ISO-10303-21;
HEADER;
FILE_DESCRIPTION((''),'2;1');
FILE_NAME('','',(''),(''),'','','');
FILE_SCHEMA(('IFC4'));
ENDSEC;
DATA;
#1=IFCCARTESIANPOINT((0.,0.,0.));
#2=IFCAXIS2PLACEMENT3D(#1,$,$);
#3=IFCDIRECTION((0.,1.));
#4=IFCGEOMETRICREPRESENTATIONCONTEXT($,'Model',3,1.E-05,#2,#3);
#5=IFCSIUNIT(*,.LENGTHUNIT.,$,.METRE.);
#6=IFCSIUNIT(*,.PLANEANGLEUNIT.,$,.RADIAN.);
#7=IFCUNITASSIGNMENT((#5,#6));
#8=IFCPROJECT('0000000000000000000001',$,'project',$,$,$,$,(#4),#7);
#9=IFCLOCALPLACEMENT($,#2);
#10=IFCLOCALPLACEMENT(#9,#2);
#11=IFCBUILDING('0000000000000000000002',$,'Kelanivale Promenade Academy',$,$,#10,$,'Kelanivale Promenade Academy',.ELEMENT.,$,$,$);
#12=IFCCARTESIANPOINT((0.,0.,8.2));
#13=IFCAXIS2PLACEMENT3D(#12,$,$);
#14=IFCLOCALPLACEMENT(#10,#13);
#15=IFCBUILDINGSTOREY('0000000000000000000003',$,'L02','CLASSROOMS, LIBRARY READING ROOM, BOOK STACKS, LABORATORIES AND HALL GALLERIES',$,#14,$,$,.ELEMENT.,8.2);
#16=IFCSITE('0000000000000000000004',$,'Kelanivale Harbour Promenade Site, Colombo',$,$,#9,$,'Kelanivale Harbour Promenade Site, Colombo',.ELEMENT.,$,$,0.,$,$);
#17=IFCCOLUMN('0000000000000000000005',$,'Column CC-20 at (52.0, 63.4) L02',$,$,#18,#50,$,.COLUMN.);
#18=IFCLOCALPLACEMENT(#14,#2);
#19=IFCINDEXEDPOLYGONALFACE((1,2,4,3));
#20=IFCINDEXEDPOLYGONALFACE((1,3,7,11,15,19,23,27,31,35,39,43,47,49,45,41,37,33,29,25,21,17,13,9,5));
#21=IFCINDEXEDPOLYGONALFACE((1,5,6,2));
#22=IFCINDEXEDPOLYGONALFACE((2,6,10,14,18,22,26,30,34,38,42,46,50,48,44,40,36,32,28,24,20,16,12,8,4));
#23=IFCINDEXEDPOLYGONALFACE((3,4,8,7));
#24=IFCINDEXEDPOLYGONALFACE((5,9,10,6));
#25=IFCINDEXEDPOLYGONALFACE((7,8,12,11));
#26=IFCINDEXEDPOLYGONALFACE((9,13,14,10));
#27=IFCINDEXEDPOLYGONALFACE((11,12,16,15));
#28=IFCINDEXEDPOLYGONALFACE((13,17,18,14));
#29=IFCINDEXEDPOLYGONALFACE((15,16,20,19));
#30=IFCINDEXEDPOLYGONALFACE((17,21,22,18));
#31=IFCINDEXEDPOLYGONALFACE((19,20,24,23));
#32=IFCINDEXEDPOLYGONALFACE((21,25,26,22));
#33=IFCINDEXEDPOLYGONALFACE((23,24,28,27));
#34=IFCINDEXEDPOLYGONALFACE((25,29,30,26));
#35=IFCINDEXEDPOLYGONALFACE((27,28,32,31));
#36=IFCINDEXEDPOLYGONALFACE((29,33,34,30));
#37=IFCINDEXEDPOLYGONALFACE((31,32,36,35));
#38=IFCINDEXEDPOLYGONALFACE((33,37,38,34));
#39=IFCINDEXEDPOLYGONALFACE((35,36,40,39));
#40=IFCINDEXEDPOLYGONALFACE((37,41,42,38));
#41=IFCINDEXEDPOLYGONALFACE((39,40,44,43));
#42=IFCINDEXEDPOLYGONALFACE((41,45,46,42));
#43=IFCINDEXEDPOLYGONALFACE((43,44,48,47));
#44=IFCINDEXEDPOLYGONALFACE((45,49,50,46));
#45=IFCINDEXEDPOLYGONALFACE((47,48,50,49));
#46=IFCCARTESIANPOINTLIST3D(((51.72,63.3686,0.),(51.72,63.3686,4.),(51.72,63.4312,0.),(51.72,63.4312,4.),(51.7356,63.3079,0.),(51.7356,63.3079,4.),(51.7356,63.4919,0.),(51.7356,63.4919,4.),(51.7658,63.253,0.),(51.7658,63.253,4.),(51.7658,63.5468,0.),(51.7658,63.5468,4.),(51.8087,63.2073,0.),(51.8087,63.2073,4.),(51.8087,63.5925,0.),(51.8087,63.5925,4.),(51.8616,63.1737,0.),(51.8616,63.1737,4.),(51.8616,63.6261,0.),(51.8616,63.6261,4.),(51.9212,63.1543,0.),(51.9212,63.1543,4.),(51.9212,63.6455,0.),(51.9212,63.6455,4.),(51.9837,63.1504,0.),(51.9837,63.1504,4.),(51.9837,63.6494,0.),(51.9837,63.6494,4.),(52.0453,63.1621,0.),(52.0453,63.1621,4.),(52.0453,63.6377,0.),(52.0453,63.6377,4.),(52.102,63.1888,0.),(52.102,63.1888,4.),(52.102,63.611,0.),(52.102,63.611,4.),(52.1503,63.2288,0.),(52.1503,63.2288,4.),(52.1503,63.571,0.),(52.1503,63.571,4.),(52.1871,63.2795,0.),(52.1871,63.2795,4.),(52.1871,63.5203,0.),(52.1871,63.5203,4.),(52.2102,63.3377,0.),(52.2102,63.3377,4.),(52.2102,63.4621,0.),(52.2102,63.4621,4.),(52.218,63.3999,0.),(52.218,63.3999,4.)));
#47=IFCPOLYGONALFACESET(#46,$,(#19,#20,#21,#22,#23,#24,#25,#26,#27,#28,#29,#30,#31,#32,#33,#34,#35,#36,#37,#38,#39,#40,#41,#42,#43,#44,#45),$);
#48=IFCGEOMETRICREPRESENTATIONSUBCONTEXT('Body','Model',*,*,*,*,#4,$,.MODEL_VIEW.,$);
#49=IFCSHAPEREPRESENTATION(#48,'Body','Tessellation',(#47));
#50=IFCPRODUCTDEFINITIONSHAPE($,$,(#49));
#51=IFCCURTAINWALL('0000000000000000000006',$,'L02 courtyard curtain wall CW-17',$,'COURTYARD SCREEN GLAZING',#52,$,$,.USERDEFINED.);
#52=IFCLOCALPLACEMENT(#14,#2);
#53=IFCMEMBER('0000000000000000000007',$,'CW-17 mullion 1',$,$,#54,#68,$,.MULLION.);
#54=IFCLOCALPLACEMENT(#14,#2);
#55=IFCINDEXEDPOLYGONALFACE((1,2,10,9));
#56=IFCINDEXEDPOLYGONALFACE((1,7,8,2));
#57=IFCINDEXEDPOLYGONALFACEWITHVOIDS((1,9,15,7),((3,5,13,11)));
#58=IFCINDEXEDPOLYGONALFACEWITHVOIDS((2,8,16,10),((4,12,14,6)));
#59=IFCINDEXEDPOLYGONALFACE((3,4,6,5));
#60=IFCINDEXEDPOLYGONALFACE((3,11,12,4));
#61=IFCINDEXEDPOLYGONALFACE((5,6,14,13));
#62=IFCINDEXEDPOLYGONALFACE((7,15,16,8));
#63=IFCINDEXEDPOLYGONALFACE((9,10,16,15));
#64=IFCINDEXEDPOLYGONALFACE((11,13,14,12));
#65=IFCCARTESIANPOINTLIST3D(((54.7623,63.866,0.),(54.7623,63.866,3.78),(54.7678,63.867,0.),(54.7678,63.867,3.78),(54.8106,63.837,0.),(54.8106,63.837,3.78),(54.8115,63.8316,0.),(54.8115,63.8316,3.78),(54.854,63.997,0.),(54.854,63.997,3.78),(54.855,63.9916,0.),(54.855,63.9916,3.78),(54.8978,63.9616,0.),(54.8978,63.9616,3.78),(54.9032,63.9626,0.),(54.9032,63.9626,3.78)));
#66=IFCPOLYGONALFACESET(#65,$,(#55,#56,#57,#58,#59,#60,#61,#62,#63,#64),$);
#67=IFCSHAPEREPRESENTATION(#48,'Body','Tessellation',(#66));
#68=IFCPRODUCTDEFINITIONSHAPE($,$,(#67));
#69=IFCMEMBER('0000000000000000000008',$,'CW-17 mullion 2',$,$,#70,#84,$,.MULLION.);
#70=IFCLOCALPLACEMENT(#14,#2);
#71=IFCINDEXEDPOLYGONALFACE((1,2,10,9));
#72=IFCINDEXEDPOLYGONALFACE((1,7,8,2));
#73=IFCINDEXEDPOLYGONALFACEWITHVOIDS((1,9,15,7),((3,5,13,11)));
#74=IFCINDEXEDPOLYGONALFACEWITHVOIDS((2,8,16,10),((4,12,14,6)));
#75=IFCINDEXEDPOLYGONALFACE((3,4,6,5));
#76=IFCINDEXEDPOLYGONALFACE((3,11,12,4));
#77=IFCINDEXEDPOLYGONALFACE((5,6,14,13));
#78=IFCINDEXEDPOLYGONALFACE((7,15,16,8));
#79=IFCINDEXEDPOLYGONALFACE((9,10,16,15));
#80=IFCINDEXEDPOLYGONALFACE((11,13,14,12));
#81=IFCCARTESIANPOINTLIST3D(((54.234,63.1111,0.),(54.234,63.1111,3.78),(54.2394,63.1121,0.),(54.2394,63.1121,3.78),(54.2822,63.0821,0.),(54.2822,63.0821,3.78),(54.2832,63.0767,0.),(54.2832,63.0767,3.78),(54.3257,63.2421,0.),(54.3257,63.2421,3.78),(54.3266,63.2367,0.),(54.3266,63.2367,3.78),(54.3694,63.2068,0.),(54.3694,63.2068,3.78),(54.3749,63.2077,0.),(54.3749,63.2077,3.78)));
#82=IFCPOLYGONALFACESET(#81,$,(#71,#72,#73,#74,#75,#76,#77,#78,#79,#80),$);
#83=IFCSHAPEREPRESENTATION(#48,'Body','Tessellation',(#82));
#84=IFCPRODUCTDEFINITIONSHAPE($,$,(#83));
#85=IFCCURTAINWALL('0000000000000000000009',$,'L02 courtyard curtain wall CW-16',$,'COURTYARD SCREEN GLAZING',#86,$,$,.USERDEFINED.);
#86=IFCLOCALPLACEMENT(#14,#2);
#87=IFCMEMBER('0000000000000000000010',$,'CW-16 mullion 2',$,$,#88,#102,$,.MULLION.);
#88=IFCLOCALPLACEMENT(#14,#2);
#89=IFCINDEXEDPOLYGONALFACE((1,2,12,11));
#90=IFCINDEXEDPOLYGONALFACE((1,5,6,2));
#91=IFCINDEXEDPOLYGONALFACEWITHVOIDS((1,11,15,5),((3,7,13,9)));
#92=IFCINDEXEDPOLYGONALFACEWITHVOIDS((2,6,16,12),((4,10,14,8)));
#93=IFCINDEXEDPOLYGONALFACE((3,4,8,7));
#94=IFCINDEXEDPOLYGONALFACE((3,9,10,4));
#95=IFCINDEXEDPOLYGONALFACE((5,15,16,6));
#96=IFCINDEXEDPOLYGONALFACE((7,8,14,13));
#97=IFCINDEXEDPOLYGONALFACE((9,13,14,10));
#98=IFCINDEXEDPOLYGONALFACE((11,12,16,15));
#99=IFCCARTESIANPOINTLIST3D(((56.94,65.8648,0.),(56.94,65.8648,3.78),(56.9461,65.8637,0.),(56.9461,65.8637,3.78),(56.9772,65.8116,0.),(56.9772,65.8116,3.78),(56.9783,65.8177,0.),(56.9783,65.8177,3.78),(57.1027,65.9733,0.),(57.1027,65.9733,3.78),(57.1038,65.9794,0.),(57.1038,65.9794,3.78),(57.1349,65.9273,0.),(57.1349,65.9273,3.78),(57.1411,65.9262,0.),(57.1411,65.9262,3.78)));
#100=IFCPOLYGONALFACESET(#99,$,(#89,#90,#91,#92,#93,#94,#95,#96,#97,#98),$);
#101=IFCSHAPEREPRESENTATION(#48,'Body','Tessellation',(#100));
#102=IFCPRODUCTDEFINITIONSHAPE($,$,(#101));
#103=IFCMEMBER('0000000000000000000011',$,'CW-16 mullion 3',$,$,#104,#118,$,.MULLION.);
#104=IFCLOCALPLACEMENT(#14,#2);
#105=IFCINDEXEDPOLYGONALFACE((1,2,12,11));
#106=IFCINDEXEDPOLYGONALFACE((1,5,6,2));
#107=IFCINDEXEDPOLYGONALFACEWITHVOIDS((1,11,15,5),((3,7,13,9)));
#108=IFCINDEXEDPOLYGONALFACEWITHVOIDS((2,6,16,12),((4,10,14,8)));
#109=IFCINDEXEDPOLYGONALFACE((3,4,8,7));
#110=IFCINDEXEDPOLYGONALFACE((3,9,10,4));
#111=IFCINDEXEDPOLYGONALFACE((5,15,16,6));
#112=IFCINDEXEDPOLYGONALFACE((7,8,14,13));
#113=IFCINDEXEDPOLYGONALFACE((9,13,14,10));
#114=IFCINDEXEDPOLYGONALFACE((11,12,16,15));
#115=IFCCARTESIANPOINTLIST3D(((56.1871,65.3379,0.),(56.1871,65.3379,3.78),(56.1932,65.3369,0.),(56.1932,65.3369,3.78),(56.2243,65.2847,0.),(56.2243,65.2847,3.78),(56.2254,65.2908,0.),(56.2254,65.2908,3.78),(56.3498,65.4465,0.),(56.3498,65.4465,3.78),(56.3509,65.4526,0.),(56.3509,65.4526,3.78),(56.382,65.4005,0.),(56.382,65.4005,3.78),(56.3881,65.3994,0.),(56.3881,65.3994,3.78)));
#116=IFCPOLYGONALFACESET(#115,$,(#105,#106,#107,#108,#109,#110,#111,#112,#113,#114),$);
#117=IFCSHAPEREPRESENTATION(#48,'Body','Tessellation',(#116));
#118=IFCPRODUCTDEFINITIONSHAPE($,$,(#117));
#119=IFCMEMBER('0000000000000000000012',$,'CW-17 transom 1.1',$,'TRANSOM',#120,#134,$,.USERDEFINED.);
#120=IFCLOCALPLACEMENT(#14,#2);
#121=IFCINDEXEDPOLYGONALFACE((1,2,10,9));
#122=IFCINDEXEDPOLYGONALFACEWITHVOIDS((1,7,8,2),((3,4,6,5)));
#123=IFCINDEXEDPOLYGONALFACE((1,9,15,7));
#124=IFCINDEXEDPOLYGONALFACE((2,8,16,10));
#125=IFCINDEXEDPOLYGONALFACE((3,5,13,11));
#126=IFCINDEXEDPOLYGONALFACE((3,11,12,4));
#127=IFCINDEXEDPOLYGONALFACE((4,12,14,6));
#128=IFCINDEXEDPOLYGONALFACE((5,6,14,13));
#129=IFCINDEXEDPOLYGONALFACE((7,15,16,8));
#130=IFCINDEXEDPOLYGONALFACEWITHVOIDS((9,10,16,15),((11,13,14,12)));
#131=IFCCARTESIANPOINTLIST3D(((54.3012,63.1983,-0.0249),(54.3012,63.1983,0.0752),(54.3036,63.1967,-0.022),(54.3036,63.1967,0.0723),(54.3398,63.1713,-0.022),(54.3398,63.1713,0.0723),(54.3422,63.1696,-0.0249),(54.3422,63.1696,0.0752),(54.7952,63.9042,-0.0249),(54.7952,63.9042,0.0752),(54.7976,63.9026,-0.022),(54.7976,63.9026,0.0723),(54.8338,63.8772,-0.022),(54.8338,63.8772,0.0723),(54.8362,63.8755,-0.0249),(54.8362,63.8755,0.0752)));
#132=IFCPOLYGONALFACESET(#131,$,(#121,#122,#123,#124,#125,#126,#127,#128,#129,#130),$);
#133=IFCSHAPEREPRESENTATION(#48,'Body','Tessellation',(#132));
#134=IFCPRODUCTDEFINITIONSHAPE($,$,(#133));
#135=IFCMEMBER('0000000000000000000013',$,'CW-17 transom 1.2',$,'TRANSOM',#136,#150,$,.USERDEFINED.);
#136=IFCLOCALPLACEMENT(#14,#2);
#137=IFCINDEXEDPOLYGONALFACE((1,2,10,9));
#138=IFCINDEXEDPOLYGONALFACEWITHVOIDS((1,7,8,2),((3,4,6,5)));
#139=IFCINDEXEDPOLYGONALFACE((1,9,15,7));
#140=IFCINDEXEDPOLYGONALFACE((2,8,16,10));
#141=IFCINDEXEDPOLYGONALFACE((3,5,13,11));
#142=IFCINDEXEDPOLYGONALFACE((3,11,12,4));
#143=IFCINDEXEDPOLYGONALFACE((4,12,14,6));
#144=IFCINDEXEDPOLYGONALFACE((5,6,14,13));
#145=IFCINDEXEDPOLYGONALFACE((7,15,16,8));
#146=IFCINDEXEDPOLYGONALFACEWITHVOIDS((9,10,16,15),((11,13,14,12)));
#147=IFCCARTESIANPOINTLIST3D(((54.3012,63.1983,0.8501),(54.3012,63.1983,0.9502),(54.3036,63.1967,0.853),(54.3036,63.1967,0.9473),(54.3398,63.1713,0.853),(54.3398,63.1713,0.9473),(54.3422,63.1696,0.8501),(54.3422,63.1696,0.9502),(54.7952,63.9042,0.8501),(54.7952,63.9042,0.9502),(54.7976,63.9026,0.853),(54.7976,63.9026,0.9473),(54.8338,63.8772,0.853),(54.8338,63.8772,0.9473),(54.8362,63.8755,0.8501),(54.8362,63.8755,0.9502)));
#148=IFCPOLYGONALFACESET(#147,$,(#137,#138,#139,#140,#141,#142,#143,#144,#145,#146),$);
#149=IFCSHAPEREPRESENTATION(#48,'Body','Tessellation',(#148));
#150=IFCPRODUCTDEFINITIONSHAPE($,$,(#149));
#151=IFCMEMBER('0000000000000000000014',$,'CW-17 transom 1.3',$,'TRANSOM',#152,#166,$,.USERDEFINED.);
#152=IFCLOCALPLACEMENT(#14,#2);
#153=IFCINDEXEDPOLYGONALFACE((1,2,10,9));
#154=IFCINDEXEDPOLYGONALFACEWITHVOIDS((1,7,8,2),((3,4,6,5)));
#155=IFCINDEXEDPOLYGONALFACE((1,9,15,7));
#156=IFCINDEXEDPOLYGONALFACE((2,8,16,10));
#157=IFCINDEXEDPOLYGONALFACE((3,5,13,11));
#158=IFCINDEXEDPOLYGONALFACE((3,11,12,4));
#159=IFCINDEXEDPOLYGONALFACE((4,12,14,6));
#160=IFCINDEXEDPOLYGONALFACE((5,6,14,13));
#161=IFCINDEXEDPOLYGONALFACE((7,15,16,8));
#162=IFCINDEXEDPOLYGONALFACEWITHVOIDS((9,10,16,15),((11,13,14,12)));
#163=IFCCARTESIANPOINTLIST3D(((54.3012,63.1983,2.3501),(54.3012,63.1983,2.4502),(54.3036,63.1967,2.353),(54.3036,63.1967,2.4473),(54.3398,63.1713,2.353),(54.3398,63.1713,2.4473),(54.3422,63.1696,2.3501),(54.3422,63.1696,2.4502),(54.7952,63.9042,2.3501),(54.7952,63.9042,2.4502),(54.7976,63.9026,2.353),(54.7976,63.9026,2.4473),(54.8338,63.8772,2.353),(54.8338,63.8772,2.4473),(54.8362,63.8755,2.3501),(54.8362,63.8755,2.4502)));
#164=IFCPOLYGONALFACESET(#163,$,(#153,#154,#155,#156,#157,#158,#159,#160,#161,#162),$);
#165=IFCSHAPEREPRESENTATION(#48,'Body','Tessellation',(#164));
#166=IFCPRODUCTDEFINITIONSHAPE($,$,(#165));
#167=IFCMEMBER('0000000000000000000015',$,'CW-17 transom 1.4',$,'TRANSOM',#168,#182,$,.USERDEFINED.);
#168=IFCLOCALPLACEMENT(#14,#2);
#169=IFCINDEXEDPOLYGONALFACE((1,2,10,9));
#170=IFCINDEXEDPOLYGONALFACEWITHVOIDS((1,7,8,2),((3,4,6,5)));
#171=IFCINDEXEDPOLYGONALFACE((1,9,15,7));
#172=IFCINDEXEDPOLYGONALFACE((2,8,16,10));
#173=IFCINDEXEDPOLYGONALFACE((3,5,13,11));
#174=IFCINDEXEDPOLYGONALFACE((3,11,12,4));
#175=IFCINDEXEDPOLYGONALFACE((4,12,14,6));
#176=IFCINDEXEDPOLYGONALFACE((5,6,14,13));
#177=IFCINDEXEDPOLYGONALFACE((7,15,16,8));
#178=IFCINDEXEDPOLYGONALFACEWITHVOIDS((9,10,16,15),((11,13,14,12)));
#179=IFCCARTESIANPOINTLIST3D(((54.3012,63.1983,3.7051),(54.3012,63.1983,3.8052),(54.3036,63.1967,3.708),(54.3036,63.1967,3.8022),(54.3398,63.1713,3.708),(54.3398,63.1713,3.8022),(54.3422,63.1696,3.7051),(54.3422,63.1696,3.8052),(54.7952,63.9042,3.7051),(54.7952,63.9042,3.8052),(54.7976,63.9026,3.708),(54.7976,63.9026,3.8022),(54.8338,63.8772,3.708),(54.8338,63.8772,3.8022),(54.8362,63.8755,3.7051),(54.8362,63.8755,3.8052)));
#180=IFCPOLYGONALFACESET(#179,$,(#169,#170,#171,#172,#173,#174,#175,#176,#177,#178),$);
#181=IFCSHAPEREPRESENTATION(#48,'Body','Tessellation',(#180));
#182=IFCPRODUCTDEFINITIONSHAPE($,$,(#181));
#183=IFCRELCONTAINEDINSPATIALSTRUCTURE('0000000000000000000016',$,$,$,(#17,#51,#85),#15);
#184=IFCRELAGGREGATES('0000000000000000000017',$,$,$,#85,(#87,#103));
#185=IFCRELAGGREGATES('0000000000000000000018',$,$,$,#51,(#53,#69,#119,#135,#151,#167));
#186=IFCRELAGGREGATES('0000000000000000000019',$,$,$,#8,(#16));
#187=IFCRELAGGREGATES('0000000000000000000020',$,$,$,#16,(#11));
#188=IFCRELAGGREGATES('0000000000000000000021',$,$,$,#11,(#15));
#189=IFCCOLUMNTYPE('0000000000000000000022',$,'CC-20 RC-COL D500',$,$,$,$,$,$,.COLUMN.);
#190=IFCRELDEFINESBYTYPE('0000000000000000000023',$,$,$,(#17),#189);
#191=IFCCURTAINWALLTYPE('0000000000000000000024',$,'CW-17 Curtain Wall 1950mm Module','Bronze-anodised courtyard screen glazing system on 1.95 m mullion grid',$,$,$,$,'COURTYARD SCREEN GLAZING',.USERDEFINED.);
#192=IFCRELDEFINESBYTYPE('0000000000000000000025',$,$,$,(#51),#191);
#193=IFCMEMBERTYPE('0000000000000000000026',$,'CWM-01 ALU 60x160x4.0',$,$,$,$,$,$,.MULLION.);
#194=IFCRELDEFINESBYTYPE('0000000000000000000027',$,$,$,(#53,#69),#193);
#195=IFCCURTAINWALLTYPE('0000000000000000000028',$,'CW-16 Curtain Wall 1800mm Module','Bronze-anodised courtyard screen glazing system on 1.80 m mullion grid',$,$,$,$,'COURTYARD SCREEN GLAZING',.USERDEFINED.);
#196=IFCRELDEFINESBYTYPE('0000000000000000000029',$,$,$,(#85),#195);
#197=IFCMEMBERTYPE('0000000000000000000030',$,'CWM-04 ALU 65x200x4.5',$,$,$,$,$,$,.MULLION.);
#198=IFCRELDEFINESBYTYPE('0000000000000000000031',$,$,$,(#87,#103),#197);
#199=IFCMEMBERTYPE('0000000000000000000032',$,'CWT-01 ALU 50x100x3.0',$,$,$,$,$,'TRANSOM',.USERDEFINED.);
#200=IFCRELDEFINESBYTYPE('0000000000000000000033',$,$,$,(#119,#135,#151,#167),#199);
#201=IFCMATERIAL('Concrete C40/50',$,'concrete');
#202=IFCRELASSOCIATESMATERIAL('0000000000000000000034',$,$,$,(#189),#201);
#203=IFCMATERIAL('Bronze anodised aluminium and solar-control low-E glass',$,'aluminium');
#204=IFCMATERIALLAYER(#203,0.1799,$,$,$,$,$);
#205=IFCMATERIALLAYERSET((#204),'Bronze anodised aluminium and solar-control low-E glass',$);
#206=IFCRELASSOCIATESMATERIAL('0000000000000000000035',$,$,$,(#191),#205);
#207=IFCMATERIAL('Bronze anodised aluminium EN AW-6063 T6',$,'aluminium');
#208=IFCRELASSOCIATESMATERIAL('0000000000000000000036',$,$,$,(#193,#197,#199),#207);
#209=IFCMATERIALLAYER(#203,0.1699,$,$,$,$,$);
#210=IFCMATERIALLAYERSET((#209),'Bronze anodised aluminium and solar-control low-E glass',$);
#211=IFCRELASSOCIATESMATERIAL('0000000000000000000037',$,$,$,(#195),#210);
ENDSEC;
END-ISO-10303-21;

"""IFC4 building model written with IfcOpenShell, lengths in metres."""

from ifc_helpers import new_model, si_unit, direction, frame, origin, origin_2d, place, context, subcontext, project, spatial, hollow_rectangle, circle, extrude, material, layer, layer_set, material_profile, profile_set, type_object, element, aggregate, save


model = new_model("IFC4")

# Units and contexts
model_context = context("Model", 3, precision=1e-05, world=origin(), true_north=direction((0.0, 1.0)))
body_context = subcontext(model_context, "Body", "Model", "MODEL_VIEW")
ifc_project = project(units=[si_unit("LENGTHUNIT", "METRE"), si_unit("PLANEANGLEUNIT", "RADIAN")], contexts=[model_context])

# Site, building, storey
site_placement = place(None, origin())
site = spatial("IfcSite", under=ifc_project, at=site_placement, Name="Kelanivale Harbour Promenade Site, Colombo", LongName="Kelanivale Harbour Promenade Site, Colombo", CompositionType="ELEMENT", RefElevation=0.0)
building_placement = place(site_placement, origin())
building = spatial("IfcBuilding", under=site, at=building_placement, Name="Kelanivale Promenade Academy", LongName="Kelanivale Promenade Academy", CompositionType="ELEMENT")
storey_placement = place(building_placement, frame((0.0, 0.0, 8.2)))
storey = spatial("IfcBuildingStorey", under=building, at=storey_placement, Name="L02", Description="CLASSROOMS, LIBRARY READING ROOM, BOOK STACKS, LABORATORIES AND HALL GALLERIES", CompositionType="ELEMENT", Elevation=8.2)

# Column
ifc_material_1 = material(Name="Concrete C40/50", Category="concrete")
ifc_material_profile_1 = material_profile(ifc_material_1, circle(Radius=0.25, at=origin_2d()), Name="RC-COL D500")
ifc_profile_set_1 = profile_set([ifc_material_profile_1], Name="Concrete C40/50")
column_type = type_object("IfcColumnType", Name="CC-20 RC-COL D500", PredefinedType="COLUMN", material=ifc_profile_set_1)
column_placement = place(storey_placement, frame((51.968, 63.3999, 0.0), z_axis=(0.0, 0.0, 1.0), x_axis=(1.0, 0.0, 0.0)))
element("IfcColumn", 1, at=column_placement, inside=storey, type_object=column_type, Name="Column CC-20 at (52.0, 63.4) L02", PredefinedType="COLUMN", context=body_context, shape_type="SweptSolid", body=[
    extrude(circle(Radius=0.25, at=origin_2d()), origin(), (0.0, 0.0, 1.0), 4.0),
])

# Curtain walls, members
ifc_material_2 = material(Name="Bronze anodised aluminium and solar-control low-E glass", Category="aluminium")
ifc_layer_1 = layer(ifc_material_2, 0.1799)
ifc_layer_set_1 = layer_set([ifc_layer_1], Name="Bronze anodised aluminium and solar-control low-E glass")
curtain_wall_type_1 = type_object("IfcCurtainWallType", Name="CW-17 Curtain Wall 1950mm Module", Description="Bronze-anodised courtyard screen glazing system on 1.95 m mullion grid", ElementType="COURTYARD SCREEN GLAZING", PredefinedType="USERDEFINED", material=ifc_layer_set_1)
curtain_wall_1_placement = place(storey_placement, origin())
curtain_wall_1 = element("IfcCurtainWall", 2, at=curtain_wall_1_placement, inside=storey, type_object=curtain_wall_type_1, Name="L02 courtyard curtain wall CW-17", ObjectType="COURTYARD SCREEN GLAZING", PredefinedType="USERDEFINED")
ifc_material_3 = material(Name="Bronze anodised aluminium EN AW-6063 T6", Category="aluminium")
ifc_material_profile_2 = material_profile(ifc_material_3, hollow_rectangle(XDim=0.0601, YDim=0.1599, WallThickness=0.0039, at=origin_2d()), Name="ALU 60x160x4.0")
ifc_profile_set_2 = profile_set([ifc_material_profile_2], Name="Bronze anodised aluminium EN AW-6063 T6")
member_type_1 = type_object("IfcMemberType", Name="CWM-01 ALU 60x160x4.0", PredefinedType="MULLION", material=ifc_profile_set_2)
member_1_placement = place(storey_placement, frame((54.8328, 63.9143, 0.0), z_axis=(0.0, 0.0, 1.0), x_axis=(0.819306, -0.573357, 0.0)))
member_1 = element("IfcMember", 3, at=member_1_placement, type_object=member_type_1, Name="CW-17 mullion 1", PredefinedType="MULLION", context=body_context, shape_type="SweptSolid", body=[
    extrude(hollow_rectangle(XDim=0.0601, YDim=0.1599, WallThickness=0.0039, at=origin_2d()), origin(), (0.0, 0.0, 1.0), 3.78),
])
member_2_placement = place(storey_placement, frame((54.3044, 63.1594, 0.0), z_axis=(0.0, 0.0, 1.0), x_axis=(0.819306, -0.573357, 0.0)))
member_2 = element("IfcMember", 4, at=member_2_placement, type_object=member_type_1, Name="CW-17 mullion 2", PredefinedType="MULLION", context=body_context, shape_type="SweptSolid", body=[
    extrude(hollow_rectangle(XDim=0.0601, YDim=0.1599, WallThickness=0.0039, at=origin_2d()), origin(), (0.0, 0.0, 1.0), 3.78),
])
ifc_layer_2 = layer(ifc_material_2, 0.1699)
ifc_layer_set_2 = layer_set([ifc_layer_2], Name="Bronze anodised aluminium and solar-control low-E glass")
curtain_wall_type_2 = type_object("IfcCurtainWallType", Name="CW-16 Curtain Wall 1800mm Module", Description="Bronze-anodised courtyard screen glazing system on 1.80 m mullion grid", ElementType="COURTYARD SCREEN GLAZING", PredefinedType="USERDEFINED", material=ifc_layer_set_2)
curtain_wall_2_placement = place(storey_placement, origin())
curtain_wall_2 = element("IfcCurtainWall", 5, at=curtain_wall_2_placement, inside=storey, type_object=curtain_wall_type_2, Name="L02 courtyard curtain wall CW-16", ObjectType="COURTYARD SCREEN GLAZING", PredefinedType="USERDEFINED")
ifc_material_profile_3 = material_profile(ifc_material_3, hollow_rectangle(XDim=0.0649, YDim=0.2, WallThickness=0.0044, at=origin_2d()), Name="ALU 65x200x4.5")
ifc_profile_set_3 = profile_set([ifc_material_profile_3], Name="Bronze anodised aluminium EN AW-6063 T6")
member_type_2 = type_object("IfcMemberType", Name="CWM-04 ALU 65x200x4.5", PredefinedType="MULLION", material=ifc_profile_set_3)
member_3_placement = place(storey_placement, frame((57.0405, 65.8955, 0.0), z_axis=(0.0, 0.0, 1.0), x_axis=(0.573357, -0.819306, 0.0)))
member_3 = element("IfcMember", 6, at=member_3_placement, type_object=member_type_2, Name="CW-16 mullion 2", PredefinedType="MULLION", context=body_context, shape_type="SweptSolid", body=[
    extrude(hollow_rectangle(XDim=0.0649, YDim=0.2, WallThickness=0.0044, at=origin_2d()), origin(), (0.0, 0.0, 1.0), 3.78),
])
member_4_placement = place(storey_placement, frame((56.2876, 65.3687, 0.0), z_axis=(0.0, 0.0, 1.0), x_axis=(0.573357, -0.819306, 0.0)))
member_4 = element("IfcMember", 7, at=member_4_placement, type_object=member_type_2, Name="CW-16 mullion 3", PredefinedType="MULLION", context=body_context, shape_type="SweptSolid", body=[
    extrude(hollow_rectangle(XDim=0.0649, YDim=0.2, WallThickness=0.0044, at=origin_2d()), origin(), (0.0, 0.0, 1.0), 3.78),
])

# Members
ifc_material_profile_4 = material_profile(ifc_material_3, hollow_rectangle(XDim=0.05, YDim=0.1001, WallThickness=0.0029, at=origin_2d()), Name="ALU 50x100x3.0")
ifc_profile_set_4 = profile_set([ifc_material_profile_4], Name="Bronze anodised aluminium EN AW-6063 T6")
member_type_3 = type_object("IfcMemberType", Name="CWT-01 ALU 50x100x3.0", ElementType="TRANSOM", PredefinedType="USERDEFINED", material=ifc_profile_set_4)
member_5_placement = place(storey_placement, frame((54.8157, 63.8899, 0.0251), z_axis=(-0.573329, -0.819325, 0.0), x_axis=(0.819325, -0.573329, 0.0)))
member_5 = element("IfcMember", 8, at=member_5_placement, type_object=member_type_3, Name="CW-17 transom 1.1", ObjectType="TRANSOM", PredefinedType="USERDEFINED", context=body_context, shape_type="SweptSolid", body=[
    extrude(hollow_rectangle(XDim=0.05, YDim=0.1001, WallThickness=0.0029, at=origin_2d()), origin(), (0.0, 0.0, 1.0), 0.8616),
])
member_6_placement = place(storey_placement, frame((54.8157, 63.8899, 0.9001), z_axis=(-0.573329, -0.819325, 0.0), x_axis=(0.819325, -0.573329, 0.0)))
member_6 = element("IfcMember", 9, at=member_6_placement, type_object=member_type_3, Name="CW-17 transom 1.2", ObjectType="TRANSOM", PredefinedType="USERDEFINED", context=body_context, shape_type="SweptSolid", body=[
    extrude(hollow_rectangle(XDim=0.05, YDim=0.1001, WallThickness=0.0029, at=origin_2d()), origin(), (0.0, 0.0, 1.0), 0.8616),
])
member_7_placement = place(storey_placement, frame((54.8157, 63.8899, 2.4001), z_axis=(-0.573329, -0.819325, 0.0), x_axis=(0.819325, -0.573329, 0.0)))
member_7 = element("IfcMember", 10, at=member_7_placement, type_object=member_type_3, Name="CW-17 transom 1.3", ObjectType="TRANSOM", PredefinedType="USERDEFINED", context=body_context, shape_type="SweptSolid", body=[
    extrude(hollow_rectangle(XDim=0.05, YDim=0.1001, WallThickness=0.0029, at=origin_2d()), origin(), (0.0, 0.0, 1.0), 0.8616),
])
member_8_placement = place(storey_placement, frame((54.8157, 63.8899, 3.7551), z_axis=(-0.573329, -0.819325, 0.0), x_axis=(0.819325, -0.573329, 0.0)))
member_8 = element("IfcMember", 11, at=member_8_placement, type_object=member_type_3, Name="CW-17 transom 1.4", ObjectType="TRANSOM", PredefinedType="USERDEFINED", context=body_context, shape_type="SweptSolid", body=[
    extrude(hollow_rectangle(XDim=0.05, YDim=0.1001, WallThickness=0.0029, at=origin_2d()), origin(), (0.0, 0.0, 1.0), 0.8616),
])

aggregate(curtain_wall_2, [member_3, member_4])
aggregate(curtain_wall_1, [member_1, member_2, member_5, member_6, member_7, member_8])

save(model, "model.ifc")
